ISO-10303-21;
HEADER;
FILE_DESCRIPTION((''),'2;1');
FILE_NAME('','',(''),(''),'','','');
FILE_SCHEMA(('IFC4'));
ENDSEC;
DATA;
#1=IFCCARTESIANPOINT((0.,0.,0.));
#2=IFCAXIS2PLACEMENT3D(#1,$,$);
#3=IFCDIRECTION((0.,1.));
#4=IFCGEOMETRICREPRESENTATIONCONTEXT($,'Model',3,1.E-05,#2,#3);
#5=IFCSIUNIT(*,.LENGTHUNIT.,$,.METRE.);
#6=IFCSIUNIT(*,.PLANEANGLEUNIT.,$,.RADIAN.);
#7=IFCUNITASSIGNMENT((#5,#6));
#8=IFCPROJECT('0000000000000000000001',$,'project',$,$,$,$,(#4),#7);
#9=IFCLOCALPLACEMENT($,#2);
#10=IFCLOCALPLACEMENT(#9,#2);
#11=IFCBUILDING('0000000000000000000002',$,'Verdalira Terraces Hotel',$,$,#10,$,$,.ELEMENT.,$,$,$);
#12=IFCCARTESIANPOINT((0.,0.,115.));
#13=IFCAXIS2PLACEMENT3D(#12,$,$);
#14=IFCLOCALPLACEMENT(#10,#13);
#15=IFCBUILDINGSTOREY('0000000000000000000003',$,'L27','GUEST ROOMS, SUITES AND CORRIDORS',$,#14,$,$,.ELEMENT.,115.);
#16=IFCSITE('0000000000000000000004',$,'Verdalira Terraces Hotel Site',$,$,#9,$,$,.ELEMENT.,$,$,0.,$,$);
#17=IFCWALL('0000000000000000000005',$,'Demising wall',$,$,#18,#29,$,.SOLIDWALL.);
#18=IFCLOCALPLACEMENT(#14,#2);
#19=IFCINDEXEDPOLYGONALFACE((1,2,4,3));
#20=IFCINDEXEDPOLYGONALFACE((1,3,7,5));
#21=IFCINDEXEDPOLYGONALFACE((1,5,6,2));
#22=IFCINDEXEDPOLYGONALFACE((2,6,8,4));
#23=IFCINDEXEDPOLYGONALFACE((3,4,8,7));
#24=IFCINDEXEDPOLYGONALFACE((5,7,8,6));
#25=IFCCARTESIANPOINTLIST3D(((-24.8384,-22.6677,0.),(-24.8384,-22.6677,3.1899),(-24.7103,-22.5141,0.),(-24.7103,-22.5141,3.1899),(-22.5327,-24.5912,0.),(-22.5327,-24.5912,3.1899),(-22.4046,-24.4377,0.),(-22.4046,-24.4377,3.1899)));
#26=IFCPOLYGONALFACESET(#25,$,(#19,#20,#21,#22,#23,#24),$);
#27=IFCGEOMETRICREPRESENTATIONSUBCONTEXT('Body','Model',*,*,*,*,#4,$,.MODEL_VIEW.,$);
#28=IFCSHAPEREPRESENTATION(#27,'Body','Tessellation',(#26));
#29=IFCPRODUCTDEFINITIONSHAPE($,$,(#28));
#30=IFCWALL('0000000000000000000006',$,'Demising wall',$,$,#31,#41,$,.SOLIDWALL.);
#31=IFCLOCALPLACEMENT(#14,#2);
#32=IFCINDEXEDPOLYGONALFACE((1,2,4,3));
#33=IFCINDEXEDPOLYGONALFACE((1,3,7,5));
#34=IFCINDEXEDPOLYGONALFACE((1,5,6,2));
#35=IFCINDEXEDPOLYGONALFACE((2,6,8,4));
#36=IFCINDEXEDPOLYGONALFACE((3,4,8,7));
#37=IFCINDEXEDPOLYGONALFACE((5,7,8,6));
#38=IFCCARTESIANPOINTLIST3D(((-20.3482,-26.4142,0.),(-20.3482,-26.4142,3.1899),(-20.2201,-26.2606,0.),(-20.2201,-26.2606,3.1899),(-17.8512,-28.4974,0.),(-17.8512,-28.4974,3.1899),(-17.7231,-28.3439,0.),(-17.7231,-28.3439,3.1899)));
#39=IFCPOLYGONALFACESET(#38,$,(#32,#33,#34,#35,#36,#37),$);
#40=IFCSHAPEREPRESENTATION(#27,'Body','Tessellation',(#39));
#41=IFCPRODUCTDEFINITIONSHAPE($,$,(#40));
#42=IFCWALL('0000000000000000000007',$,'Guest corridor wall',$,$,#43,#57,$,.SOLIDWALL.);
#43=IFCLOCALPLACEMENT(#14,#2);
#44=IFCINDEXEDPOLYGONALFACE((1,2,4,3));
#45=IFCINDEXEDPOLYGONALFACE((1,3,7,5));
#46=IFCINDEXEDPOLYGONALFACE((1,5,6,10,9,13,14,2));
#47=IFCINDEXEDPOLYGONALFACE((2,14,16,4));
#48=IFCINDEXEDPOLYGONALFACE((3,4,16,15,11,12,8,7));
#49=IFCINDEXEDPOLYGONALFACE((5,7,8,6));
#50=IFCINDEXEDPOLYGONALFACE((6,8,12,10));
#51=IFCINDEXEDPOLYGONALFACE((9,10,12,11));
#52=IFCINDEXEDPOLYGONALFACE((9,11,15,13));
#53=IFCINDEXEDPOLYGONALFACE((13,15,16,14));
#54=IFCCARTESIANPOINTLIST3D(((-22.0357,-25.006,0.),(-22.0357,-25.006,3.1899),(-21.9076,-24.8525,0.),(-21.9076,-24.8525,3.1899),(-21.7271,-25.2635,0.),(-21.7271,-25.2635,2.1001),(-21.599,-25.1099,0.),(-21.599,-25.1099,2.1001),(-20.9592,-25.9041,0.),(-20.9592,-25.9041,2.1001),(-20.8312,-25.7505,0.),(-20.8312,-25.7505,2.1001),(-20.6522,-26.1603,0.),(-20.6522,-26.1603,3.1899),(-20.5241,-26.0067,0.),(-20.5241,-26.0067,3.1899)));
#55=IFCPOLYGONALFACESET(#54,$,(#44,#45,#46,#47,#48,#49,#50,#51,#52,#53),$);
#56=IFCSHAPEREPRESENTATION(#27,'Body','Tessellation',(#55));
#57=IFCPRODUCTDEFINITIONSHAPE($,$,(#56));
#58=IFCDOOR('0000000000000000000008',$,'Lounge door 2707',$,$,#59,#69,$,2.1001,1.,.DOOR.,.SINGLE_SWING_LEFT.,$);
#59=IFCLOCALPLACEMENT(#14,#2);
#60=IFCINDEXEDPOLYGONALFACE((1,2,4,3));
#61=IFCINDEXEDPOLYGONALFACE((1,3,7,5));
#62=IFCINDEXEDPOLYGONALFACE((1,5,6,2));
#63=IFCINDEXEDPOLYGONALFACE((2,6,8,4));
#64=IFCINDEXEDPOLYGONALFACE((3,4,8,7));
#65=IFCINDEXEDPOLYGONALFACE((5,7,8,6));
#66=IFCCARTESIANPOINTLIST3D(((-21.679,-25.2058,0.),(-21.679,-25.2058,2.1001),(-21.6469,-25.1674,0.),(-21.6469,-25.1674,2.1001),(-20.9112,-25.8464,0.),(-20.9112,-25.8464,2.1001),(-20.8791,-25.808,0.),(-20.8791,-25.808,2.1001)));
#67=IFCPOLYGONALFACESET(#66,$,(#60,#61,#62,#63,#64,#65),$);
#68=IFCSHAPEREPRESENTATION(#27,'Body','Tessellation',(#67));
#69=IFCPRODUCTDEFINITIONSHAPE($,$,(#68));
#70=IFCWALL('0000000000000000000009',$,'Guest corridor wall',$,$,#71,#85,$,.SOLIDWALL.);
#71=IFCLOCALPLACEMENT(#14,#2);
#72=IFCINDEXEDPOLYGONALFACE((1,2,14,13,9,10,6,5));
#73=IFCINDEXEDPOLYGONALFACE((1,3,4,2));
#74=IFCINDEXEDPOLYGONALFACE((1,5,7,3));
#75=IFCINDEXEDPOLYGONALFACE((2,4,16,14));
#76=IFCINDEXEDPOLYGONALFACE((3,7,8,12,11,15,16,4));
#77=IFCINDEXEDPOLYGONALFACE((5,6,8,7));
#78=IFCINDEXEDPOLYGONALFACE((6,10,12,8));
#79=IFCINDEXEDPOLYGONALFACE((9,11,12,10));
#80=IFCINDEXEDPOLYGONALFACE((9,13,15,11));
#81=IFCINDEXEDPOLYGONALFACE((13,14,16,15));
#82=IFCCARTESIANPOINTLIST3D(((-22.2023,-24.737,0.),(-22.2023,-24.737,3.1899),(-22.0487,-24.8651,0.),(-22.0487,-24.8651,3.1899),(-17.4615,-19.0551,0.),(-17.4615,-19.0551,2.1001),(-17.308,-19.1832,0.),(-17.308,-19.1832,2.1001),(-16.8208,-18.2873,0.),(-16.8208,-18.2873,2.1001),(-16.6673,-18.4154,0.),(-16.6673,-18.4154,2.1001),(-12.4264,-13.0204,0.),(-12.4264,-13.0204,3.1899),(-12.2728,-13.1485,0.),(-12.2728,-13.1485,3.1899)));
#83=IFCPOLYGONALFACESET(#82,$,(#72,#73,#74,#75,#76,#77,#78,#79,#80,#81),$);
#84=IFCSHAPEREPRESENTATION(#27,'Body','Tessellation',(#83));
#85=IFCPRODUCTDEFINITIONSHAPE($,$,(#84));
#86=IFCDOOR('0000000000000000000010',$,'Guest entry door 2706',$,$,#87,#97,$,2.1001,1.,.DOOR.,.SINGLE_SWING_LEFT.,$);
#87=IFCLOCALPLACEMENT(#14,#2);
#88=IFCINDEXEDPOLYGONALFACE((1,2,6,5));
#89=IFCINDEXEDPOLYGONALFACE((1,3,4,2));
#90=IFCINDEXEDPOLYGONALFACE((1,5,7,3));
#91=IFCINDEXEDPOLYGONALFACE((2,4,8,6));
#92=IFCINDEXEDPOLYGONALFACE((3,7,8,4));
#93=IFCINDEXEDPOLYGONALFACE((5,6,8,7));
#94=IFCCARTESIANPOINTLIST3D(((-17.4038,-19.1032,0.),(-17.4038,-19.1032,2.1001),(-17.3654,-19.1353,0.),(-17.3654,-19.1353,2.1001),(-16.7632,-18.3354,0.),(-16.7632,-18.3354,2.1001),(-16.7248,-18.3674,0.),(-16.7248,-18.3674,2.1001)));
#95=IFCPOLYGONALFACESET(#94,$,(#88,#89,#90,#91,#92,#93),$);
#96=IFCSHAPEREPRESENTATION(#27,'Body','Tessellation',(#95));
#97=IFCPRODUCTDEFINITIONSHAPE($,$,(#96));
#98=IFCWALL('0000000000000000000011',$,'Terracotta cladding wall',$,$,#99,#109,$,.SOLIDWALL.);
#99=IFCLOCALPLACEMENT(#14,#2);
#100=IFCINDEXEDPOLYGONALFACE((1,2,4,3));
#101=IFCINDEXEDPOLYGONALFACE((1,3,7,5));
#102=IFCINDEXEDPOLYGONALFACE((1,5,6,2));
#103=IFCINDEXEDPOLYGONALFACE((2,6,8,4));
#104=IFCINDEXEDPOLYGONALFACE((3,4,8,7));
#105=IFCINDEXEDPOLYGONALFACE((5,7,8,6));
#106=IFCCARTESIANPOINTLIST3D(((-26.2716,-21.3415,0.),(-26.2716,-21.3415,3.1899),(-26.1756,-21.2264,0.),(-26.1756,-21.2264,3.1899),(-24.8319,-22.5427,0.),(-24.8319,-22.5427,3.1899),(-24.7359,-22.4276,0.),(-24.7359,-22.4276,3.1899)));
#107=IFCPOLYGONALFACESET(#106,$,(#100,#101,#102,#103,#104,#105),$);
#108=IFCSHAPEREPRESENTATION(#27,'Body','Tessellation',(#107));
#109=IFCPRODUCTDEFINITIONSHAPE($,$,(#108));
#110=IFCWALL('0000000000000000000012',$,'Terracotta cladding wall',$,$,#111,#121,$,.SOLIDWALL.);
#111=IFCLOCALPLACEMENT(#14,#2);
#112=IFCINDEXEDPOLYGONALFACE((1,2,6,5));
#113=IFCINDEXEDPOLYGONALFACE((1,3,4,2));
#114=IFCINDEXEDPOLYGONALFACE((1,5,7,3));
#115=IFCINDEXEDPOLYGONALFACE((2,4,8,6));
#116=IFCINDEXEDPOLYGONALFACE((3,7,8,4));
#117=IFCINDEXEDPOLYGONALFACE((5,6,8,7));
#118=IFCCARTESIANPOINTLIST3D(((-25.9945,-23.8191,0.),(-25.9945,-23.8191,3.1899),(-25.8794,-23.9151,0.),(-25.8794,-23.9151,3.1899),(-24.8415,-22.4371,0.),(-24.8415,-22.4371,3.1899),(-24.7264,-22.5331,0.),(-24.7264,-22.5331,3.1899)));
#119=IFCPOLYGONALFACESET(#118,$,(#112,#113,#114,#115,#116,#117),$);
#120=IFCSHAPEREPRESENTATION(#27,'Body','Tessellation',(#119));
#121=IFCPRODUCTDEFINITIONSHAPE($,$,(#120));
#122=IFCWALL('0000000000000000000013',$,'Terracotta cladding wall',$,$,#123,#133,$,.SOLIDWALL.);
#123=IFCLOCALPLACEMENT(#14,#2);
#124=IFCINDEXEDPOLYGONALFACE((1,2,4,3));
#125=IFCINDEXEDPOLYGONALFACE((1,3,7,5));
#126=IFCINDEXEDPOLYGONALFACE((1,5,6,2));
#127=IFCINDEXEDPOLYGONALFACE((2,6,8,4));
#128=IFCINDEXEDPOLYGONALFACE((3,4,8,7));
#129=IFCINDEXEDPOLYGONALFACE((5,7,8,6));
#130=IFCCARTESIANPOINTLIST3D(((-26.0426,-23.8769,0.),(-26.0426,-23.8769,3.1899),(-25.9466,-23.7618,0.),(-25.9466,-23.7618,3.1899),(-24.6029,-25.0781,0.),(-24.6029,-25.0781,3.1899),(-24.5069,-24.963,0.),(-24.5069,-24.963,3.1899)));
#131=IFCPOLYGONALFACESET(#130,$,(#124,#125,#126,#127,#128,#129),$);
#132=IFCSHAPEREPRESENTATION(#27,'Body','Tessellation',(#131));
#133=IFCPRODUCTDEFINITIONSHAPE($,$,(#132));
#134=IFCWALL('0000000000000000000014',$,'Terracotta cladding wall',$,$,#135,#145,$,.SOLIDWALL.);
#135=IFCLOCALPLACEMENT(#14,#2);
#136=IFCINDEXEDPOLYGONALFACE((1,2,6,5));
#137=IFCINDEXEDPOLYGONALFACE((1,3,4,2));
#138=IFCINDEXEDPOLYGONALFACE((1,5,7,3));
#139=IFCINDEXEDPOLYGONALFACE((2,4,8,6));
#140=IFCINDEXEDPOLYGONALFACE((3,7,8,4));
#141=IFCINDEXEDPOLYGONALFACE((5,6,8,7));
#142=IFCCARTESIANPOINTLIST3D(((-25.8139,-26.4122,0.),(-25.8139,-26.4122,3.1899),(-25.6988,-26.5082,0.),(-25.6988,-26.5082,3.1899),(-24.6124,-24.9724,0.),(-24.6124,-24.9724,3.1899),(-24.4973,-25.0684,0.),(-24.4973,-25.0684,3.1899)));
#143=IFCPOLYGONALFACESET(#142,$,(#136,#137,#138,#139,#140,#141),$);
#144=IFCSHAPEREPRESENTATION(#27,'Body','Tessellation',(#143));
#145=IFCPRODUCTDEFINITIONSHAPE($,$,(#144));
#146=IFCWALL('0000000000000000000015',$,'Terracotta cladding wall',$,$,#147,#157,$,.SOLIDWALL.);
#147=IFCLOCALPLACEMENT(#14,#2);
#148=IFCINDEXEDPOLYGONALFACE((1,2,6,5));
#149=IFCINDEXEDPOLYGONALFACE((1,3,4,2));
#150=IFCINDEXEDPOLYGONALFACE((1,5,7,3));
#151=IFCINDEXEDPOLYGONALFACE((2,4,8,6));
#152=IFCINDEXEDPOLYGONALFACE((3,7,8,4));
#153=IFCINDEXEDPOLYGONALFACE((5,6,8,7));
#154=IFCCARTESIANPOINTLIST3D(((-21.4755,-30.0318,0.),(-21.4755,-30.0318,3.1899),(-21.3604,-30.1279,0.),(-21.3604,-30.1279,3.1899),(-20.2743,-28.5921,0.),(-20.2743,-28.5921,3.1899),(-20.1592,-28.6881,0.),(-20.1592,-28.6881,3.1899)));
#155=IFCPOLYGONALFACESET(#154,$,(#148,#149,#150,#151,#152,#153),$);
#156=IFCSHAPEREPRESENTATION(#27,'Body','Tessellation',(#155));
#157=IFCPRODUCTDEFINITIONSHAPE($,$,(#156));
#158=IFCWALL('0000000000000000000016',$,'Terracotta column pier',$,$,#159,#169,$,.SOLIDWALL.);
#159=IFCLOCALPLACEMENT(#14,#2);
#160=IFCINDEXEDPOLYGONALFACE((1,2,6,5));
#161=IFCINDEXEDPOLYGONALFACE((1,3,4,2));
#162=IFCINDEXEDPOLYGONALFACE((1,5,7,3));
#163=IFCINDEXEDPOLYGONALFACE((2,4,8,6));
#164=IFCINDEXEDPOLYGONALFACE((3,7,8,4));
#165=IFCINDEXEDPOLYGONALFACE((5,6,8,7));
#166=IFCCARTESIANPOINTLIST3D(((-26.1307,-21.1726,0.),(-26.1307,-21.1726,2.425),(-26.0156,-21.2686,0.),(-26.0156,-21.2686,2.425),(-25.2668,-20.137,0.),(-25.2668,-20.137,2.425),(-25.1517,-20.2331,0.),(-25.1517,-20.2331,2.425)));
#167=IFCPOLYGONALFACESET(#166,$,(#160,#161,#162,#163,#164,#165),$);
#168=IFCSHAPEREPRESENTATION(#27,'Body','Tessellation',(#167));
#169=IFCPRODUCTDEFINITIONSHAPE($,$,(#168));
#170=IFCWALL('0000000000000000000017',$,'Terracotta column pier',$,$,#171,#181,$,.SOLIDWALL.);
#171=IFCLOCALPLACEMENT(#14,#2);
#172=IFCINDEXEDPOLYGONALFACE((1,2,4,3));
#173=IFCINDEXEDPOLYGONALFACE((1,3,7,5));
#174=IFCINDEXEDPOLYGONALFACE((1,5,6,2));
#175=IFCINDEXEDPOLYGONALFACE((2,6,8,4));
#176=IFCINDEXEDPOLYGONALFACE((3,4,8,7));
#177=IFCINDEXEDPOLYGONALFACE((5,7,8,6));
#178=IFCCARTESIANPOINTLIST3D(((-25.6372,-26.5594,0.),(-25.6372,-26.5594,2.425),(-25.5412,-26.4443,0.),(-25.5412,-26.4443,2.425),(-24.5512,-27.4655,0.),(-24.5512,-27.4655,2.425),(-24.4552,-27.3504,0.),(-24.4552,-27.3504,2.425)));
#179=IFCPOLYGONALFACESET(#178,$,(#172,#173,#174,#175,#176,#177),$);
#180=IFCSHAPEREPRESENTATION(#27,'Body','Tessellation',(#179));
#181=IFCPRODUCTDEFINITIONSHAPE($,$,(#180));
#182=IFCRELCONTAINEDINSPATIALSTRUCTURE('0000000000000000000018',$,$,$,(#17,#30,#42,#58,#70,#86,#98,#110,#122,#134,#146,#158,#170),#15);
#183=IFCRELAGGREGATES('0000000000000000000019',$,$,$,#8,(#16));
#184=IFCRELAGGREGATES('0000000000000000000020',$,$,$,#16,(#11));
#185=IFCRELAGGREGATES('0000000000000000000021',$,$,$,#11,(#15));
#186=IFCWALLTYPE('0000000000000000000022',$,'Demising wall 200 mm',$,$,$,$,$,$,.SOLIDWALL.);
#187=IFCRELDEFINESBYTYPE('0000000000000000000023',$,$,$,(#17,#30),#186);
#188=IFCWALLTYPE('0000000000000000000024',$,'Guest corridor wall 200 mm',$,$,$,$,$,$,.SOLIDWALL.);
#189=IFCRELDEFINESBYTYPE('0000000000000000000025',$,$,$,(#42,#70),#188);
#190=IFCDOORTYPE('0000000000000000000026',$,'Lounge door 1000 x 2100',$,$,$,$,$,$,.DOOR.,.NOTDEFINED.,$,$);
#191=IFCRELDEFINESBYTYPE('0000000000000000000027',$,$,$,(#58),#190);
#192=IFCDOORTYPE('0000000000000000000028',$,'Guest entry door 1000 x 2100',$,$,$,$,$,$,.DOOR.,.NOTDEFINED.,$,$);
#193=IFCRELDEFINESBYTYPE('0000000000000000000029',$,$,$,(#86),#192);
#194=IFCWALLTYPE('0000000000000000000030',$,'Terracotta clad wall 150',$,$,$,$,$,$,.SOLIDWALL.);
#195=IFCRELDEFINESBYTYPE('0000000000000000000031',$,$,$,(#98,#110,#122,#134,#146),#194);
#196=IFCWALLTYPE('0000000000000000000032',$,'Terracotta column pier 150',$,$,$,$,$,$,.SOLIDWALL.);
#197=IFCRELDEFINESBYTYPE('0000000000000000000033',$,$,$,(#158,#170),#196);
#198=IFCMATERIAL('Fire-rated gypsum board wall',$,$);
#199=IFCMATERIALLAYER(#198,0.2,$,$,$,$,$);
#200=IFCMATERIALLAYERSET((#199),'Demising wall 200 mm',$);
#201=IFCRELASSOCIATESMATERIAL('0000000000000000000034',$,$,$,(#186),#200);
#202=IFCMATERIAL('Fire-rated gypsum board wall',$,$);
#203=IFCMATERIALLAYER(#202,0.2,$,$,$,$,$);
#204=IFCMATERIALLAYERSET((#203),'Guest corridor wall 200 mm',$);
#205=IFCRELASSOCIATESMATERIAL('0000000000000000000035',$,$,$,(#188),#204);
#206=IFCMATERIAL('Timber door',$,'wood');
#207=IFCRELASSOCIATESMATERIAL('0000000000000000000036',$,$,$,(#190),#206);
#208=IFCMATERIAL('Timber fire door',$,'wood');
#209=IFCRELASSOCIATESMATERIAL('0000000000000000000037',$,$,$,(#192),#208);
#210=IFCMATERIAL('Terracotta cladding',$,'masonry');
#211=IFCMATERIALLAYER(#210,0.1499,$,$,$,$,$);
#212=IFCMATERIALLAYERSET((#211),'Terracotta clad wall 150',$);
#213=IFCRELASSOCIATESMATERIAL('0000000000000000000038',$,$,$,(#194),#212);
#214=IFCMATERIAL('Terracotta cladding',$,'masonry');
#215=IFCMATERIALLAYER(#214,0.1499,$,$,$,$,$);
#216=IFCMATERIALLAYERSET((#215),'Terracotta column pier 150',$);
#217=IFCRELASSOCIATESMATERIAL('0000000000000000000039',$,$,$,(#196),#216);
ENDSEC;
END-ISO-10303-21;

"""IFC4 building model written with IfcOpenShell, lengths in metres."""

from ifc_helpers import new_model, si_unit, direction, frame, frame_2d, origin, place, context, subcontext, project, spatial, rectangle, extrude, material, layer, layer_set, type_object, element, fill, save


model = new_model("IFC4")

# Units and contexts
model_context = context("Model", 3, precision=1e-05, world=origin(), true_north=direction((0.0, 1.0)))
body_context = subcontext(model_context, "Body", "Model", "MODEL_VIEW")
ifc_project = project(units=[si_unit("LENGTHUNIT", "METRE"), si_unit("PLANEANGLEUNIT", "RADIAN")], contexts=[model_context])

# Site, building, storey
site_placement = place(None, origin())
site = spatial("IfcSite", under=ifc_project, at=site_placement, Name="Verdalira Terraces Hotel Site", CompositionType="ELEMENT", RefElevation=0.0)
building_placement = place(site_placement, origin())
building = spatial("IfcBuilding", under=site, at=building_placement, Name="Verdalira Terraces Hotel", CompositionType="ELEMENT")
storey_placement = place(building_placement, frame((0.0, 0.0, 115.0)))
storey = spatial("IfcBuildingStorey", under=building, at=storey_placement, Name="L27", Description="GUEST ROOMS, SUITES AND CORRIDORS", CompositionType="ELEMENT", Elevation=115.0)

# Walls
ifc_material_1 = material(Name="Fire-rated gypsum board wall")
ifc_layer_1 = layer(ifc_material_1, 0.2)
ifc_layer_set_1 = layer_set([ifc_layer_1], Name="Demising wall 200 mm")
wall_type_1 = type_object("IfcWallType", Name="Demising wall 200 mm", PredefinedType="SOLIDWALL", material=ifc_layer_set_1)
wall_1_placement = place(storey_placement, frame((-24.7744, -22.5908, 0.0), z_axis=(0.0, 0.0, 1.0), x_axis=(0.767861, -0.640616, 0.0)))
element("IfcWall", 1, at=wall_1_placement, inside=storey, type_object=wall_type_1, Name="Demising wall", PredefinedType="SOLIDWALL", context=body_context, shape_type="SweptSolid", body=[
    extrude(rectangle(XDim=3.0027, YDim=0.2, at=frame_2d((1.5015, 0.0))), origin(), (0.0, 0.0, 1.0), 3.1899),
])
wall_2_placement = place(storey_placement, frame((-20.2842, -26.3374, 0.0), z_axis=(0.0, 0.0, 1.0), x_axis=(0.767864, -0.640613, 0.0)))
element("IfcWall", 2, at=wall_2_placement, inside=storey, type_object=wall_type_1, Name="Demising wall", PredefinedType="SOLIDWALL", context=body_context, shape_type="SweptSolid", body=[
    extrude(rectangle(XDim=3.252, YDim=0.2, at=frame_2d((1.626, 0.0))), origin(), (0.0, 0.0, 1.0), 3.1899),
])

# Walls, openings, doors
ifc_material_2 = material(Name="Fire-rated gypsum board wall")
ifc_layer_2 = layer(ifc_material_2, 0.2)
ifc_layer_set_2 = layer_set([ifc_layer_2], Name="Guest corridor wall 200 mm")
wall_type_2 = type_object("IfcWallType", Name="Guest corridor wall 200 mm", PredefinedType="SOLIDWALL", material=ifc_layer_set_2)
wall_3_placement = place(storey_placement, frame((-20.5881, -26.0835, 0.0), z_axis=(0.0, 0.0, 1.0), x_axis=(-0.767855, 0.640624, 0.0)))
wall_3 = element("IfcWall", 3, at=wall_3_placement, inside=storey, type_object=wall_type_2, Name="Guest corridor wall", PredefinedType="SOLIDWALL", context=body_context, shape_type="SweptSolid", body=[
    extrude(rectangle(XDim=1.8018, YDim=0.2, at=frame_2d((0.9009, 0.0))), origin(), (0.0, 0.0, 1.0), 3.1899),
])
opening_1_placement = place(wall_3_placement, frame((0.3999, 0.0, 0.0)))
opening_1 = element("IfcOpeningElement", 4, at=opening_1_placement, cuts=wall_3, PredefinedType="OPENING", context=body_context, shape_type="SweptSolid", body=[
    extrude(rectangle(XDim=1.0, YDim=2.1001, at=frame_2d((0.5, 1.05))), frame((0.0, 0.1099, 0.0), z_axis=(0.0, -1.0, 0.0), x_axis=(1.0, 0.0, 0.0)), (0.0, 0.0, 1.0), 0.22),
])
ifc_material_3 = material(Name="Timber door", Category="wood")
door_type_1 = type_object("IfcDoorType", Name="Lounge door 1000 x 2100", OperationType="NOTDEFINED", PredefinedType="DOOR", material=ifc_material_3)
door_1_placement = place(opening_1_placement, origin())
door_1 = element("IfcDoor", 5, at=door_1_placement, inside=storey, type_object=door_type_1, Name="Lounge door 2707", OperationType="SINGLE_SWING_LEFT", OverallHeight=2.1001, OverallWidth=1.0, PredefinedType="DOOR", context=body_context, shape_type="SweptSolid", body=[
    extrude(rectangle(XDim=1.0, YDim=2.1001, at=frame_2d((0.5, 1.05))), frame((0.0, 0.0249, 0.0), z_axis=(0.0, -1.0, 0.0), x_axis=(1.0, 0.0, 0.0)), (0.0, 0.0, 1.0), 0.05),
])
fill(opening_1, door_1)
wall_4_placement = place(storey_placement, frame((-22.1255, -24.801, 0.0), z_axis=(0.0, 0.0, 1.0), x_axis=(0.640652, 0.767832, 0.0)))
wall_4 = element("IfcWall", 6, at=wall_4_placement, inside=storey, type_object=wall_type_2, Name="Guest corridor wall", PredefinedType="SOLIDWALL", context=body_context, shape_type="SweptSolid", body=[
    extrude(rectangle(XDim=15.2593, YDim=0.2, at=frame_2d((7.6296, 0.0))), origin(), (0.0, 0.0, 1.0), 3.1899),
])
opening_2_placement = place(wall_4_placement, frame((7.3999, 0.0, 0.0)))
opening_2 = element("IfcOpeningElement", 7, at=opening_2_placement, cuts=wall_4, PredefinedType="OPENING", context=body_context, shape_type="SweptSolid", body=[
    extrude(rectangle(XDim=1.0, YDim=2.1001, at=frame_2d((0.5, 1.05))), frame((0.0, 0.1099, 0.0), z_axis=(0.0, -1.0, 0.0), x_axis=(1.0, 0.0, 0.0)), (0.0, 0.0, 1.0), 0.22),
])
ifc_material_4 = material(Name="Timber fire door", Category="wood")
door_type_2 = type_object("IfcDoorType", Name="Guest entry door 1000 x 2100", OperationType="NOTDEFINED", PredefinedType="DOOR", material=ifc_material_4)
door_2_placement = place(opening_2_placement, origin())
door_2 = element("IfcDoor", 8, at=door_2_placement, inside=storey, type_object=door_type_2, Name="Guest entry door 2706", OperationType="SINGLE_SWING_LEFT", OverallHeight=2.1001, OverallWidth=1.0, PredefinedType="DOOR", context=body_context, shape_type="SweptSolid", body=[
    extrude(rectangle(XDim=1.0, YDim=2.1001, at=frame_2d((0.5, 1.05))), frame((0.0, 0.0249, 0.0), z_axis=(0.0, -1.0, 0.0), x_axis=(1.0, 0.0, 0.0)), (0.0, 0.0, 1.0), 0.05),
])
fill(opening_2, door_2)

# Walls
ifc_material_5 = material(Name="Terracotta cladding", Category="masonry")
ifc_layer_3 = layer(ifc_material_5, 0.1499)
ifc_layer_set_3 = layer_set([ifc_layer_3], Name="Terracotta clad wall 150")
wall_type_3 = type_object("IfcWallType", Name="Terracotta clad wall 150", PredefinedType="SOLIDWALL", material=ifc_layer_set_3)
wall_5_placement = place(storey_placement, frame((-26.2236, -21.2839, 0.0), z_axis=(0.0, 0.0, 1.0), x_axis=(0.767848, -0.640633, 0.0)))
element("IfcWall", 9, at=wall_5_placement, inside=storey, type_object=wall_type_3, Name="Terracotta cladding wall", PredefinedType="SOLIDWALL", context=body_context, shape_type="SweptSolid", body=[
    extrude(rectangle(XDim=1.875, YDim=0.1499, at=frame_2d((0.9375, 0.0))), origin(), (0.0, 0.0, 1.0), 3.1899),
])
wall_6_placement = place(storey_placement, frame((-24.7839, -22.4851, 0.0), z_axis=(0.0, 0.0, 1.0), x_axis=(-0.640625, -0.767854, 0.0)))
element("IfcWall", 10, at=wall_6_placement, inside=storey, type_object=wall_type_3, Name="Terracotta cladding wall", PredefinedType="SOLIDWALL", context=body_context, shape_type="SweptSolid", body=[
    extrude(rectangle(XDim=1.7998, YDim=0.1499, at=frame_2d((0.8999, 0.0))), origin(), (0.0, 0.0, 1.0), 3.1899),
])
wall_7_placement = place(storey_placement, frame((-25.9946, -23.8193, 0.0), z_axis=(0.0, 0.0, 1.0), x_axis=(0.767848, -0.640633, 0.0)))
element("IfcWall", 11, at=wall_7_placement, inside=storey, type_object=wall_type_3, Name="Terracotta cladding wall", PredefinedType="SOLIDWALL", context=body_context, shape_type="SweptSolid", body=[
    extrude(rectangle(XDim=1.875, YDim=0.1499, at=frame_2d((0.9375, 0.0))), origin(), (0.0, 0.0, 1.0), 3.1899),
])
wall_8_placement = place(storey_placement, frame((-24.5549, -25.0205, 0.0), z_axis=(0.0, 0.0, 1.0), x_axis=(-0.640709, -0.767784, 0.0)))
element("IfcWall", 12, at=wall_8_placement, inside=storey, type_object=wall_type_3, Name="Terracotta cladding wall", PredefinedType="SOLIDWALL", context=body_context, shape_type="SweptSolid", body=[
    extrude(rectangle(XDim=1.8752, YDim=0.1499, at=frame_2d((0.9375, 0.0))), origin(), (0.0, 0.0, 1.0), 3.1899),
])
wall_9_placement = place(storey_placement, frame((-21.418, -30.0798, 0.0), z_axis=(0.0, 0.0, 1.0), x_axis=(0.640633, 0.767848, 0.0)))
element("IfcWall", 13, at=wall_9_placement, inside=storey, type_object=wall_type_3, Name="Terracotta cladding wall", PredefinedType="SOLIDWALL", context=body_context, shape_type="SweptSolid", body=[
    extrude(rectangle(XDim=1.875, YDim=0.1499, at=frame_2d((0.9375, 0.0))), origin(), (0.0, 0.0, 1.0), 3.1899),
])
ifc_material_6 = material(Name="Terracotta cladding", Category="masonry")
ifc_layer_4 = layer(ifc_material_6, 0.1499)
ifc_layer_set_4 = layer_set([ifc_layer_4], Name="Terracotta column pier 150")
wall_type_4 = type_object("IfcWallType", Name="Terracotta column pier 150", PredefinedType="SOLIDWALL", material=ifc_layer_set_4)
wall_10_placement = place(storey_placement, frame((-25.2092, -20.1851, 0.0), z_axis=(0.0, 0.0, 1.0), x_axis=(-0.640612, -0.767865, 0.0)))
element("IfcWall", 14, at=wall_10_placement, inside=storey, type_object=wall_type_4, Name="Terracotta column pier", PredefinedType="SOLIDWALL", context=body_context, shape_type="SweptSolid", body=[
    extrude(rectangle(XDim=1.3486, YDim=0.1499, at=frame_2d((0.6743, 0.0))), origin(), (0.0, 0.0, 1.0), 2.425),
])
wall_11_placement = place(storey_placement, frame((-25.5891, -26.502, 0.0), z_axis=(0.0, 0.0, 1.0), x_axis=(0.767853, -0.640626, 0.0)))
element("IfcWall", 15, at=wall_11_placement, inside=storey, type_object=wall_type_4, Name="Terracotta column pier", PredefinedType="SOLIDWALL", context=body_context, shape_type="SweptSolid", body=[
    extrude(rectangle(XDim=1.4143, YDim=0.1499, at=frame_2d((0.707, 0.0))), origin(), (0.0, 0.0, 1.0), 2.425),
])

save(model, "model.ifc")
